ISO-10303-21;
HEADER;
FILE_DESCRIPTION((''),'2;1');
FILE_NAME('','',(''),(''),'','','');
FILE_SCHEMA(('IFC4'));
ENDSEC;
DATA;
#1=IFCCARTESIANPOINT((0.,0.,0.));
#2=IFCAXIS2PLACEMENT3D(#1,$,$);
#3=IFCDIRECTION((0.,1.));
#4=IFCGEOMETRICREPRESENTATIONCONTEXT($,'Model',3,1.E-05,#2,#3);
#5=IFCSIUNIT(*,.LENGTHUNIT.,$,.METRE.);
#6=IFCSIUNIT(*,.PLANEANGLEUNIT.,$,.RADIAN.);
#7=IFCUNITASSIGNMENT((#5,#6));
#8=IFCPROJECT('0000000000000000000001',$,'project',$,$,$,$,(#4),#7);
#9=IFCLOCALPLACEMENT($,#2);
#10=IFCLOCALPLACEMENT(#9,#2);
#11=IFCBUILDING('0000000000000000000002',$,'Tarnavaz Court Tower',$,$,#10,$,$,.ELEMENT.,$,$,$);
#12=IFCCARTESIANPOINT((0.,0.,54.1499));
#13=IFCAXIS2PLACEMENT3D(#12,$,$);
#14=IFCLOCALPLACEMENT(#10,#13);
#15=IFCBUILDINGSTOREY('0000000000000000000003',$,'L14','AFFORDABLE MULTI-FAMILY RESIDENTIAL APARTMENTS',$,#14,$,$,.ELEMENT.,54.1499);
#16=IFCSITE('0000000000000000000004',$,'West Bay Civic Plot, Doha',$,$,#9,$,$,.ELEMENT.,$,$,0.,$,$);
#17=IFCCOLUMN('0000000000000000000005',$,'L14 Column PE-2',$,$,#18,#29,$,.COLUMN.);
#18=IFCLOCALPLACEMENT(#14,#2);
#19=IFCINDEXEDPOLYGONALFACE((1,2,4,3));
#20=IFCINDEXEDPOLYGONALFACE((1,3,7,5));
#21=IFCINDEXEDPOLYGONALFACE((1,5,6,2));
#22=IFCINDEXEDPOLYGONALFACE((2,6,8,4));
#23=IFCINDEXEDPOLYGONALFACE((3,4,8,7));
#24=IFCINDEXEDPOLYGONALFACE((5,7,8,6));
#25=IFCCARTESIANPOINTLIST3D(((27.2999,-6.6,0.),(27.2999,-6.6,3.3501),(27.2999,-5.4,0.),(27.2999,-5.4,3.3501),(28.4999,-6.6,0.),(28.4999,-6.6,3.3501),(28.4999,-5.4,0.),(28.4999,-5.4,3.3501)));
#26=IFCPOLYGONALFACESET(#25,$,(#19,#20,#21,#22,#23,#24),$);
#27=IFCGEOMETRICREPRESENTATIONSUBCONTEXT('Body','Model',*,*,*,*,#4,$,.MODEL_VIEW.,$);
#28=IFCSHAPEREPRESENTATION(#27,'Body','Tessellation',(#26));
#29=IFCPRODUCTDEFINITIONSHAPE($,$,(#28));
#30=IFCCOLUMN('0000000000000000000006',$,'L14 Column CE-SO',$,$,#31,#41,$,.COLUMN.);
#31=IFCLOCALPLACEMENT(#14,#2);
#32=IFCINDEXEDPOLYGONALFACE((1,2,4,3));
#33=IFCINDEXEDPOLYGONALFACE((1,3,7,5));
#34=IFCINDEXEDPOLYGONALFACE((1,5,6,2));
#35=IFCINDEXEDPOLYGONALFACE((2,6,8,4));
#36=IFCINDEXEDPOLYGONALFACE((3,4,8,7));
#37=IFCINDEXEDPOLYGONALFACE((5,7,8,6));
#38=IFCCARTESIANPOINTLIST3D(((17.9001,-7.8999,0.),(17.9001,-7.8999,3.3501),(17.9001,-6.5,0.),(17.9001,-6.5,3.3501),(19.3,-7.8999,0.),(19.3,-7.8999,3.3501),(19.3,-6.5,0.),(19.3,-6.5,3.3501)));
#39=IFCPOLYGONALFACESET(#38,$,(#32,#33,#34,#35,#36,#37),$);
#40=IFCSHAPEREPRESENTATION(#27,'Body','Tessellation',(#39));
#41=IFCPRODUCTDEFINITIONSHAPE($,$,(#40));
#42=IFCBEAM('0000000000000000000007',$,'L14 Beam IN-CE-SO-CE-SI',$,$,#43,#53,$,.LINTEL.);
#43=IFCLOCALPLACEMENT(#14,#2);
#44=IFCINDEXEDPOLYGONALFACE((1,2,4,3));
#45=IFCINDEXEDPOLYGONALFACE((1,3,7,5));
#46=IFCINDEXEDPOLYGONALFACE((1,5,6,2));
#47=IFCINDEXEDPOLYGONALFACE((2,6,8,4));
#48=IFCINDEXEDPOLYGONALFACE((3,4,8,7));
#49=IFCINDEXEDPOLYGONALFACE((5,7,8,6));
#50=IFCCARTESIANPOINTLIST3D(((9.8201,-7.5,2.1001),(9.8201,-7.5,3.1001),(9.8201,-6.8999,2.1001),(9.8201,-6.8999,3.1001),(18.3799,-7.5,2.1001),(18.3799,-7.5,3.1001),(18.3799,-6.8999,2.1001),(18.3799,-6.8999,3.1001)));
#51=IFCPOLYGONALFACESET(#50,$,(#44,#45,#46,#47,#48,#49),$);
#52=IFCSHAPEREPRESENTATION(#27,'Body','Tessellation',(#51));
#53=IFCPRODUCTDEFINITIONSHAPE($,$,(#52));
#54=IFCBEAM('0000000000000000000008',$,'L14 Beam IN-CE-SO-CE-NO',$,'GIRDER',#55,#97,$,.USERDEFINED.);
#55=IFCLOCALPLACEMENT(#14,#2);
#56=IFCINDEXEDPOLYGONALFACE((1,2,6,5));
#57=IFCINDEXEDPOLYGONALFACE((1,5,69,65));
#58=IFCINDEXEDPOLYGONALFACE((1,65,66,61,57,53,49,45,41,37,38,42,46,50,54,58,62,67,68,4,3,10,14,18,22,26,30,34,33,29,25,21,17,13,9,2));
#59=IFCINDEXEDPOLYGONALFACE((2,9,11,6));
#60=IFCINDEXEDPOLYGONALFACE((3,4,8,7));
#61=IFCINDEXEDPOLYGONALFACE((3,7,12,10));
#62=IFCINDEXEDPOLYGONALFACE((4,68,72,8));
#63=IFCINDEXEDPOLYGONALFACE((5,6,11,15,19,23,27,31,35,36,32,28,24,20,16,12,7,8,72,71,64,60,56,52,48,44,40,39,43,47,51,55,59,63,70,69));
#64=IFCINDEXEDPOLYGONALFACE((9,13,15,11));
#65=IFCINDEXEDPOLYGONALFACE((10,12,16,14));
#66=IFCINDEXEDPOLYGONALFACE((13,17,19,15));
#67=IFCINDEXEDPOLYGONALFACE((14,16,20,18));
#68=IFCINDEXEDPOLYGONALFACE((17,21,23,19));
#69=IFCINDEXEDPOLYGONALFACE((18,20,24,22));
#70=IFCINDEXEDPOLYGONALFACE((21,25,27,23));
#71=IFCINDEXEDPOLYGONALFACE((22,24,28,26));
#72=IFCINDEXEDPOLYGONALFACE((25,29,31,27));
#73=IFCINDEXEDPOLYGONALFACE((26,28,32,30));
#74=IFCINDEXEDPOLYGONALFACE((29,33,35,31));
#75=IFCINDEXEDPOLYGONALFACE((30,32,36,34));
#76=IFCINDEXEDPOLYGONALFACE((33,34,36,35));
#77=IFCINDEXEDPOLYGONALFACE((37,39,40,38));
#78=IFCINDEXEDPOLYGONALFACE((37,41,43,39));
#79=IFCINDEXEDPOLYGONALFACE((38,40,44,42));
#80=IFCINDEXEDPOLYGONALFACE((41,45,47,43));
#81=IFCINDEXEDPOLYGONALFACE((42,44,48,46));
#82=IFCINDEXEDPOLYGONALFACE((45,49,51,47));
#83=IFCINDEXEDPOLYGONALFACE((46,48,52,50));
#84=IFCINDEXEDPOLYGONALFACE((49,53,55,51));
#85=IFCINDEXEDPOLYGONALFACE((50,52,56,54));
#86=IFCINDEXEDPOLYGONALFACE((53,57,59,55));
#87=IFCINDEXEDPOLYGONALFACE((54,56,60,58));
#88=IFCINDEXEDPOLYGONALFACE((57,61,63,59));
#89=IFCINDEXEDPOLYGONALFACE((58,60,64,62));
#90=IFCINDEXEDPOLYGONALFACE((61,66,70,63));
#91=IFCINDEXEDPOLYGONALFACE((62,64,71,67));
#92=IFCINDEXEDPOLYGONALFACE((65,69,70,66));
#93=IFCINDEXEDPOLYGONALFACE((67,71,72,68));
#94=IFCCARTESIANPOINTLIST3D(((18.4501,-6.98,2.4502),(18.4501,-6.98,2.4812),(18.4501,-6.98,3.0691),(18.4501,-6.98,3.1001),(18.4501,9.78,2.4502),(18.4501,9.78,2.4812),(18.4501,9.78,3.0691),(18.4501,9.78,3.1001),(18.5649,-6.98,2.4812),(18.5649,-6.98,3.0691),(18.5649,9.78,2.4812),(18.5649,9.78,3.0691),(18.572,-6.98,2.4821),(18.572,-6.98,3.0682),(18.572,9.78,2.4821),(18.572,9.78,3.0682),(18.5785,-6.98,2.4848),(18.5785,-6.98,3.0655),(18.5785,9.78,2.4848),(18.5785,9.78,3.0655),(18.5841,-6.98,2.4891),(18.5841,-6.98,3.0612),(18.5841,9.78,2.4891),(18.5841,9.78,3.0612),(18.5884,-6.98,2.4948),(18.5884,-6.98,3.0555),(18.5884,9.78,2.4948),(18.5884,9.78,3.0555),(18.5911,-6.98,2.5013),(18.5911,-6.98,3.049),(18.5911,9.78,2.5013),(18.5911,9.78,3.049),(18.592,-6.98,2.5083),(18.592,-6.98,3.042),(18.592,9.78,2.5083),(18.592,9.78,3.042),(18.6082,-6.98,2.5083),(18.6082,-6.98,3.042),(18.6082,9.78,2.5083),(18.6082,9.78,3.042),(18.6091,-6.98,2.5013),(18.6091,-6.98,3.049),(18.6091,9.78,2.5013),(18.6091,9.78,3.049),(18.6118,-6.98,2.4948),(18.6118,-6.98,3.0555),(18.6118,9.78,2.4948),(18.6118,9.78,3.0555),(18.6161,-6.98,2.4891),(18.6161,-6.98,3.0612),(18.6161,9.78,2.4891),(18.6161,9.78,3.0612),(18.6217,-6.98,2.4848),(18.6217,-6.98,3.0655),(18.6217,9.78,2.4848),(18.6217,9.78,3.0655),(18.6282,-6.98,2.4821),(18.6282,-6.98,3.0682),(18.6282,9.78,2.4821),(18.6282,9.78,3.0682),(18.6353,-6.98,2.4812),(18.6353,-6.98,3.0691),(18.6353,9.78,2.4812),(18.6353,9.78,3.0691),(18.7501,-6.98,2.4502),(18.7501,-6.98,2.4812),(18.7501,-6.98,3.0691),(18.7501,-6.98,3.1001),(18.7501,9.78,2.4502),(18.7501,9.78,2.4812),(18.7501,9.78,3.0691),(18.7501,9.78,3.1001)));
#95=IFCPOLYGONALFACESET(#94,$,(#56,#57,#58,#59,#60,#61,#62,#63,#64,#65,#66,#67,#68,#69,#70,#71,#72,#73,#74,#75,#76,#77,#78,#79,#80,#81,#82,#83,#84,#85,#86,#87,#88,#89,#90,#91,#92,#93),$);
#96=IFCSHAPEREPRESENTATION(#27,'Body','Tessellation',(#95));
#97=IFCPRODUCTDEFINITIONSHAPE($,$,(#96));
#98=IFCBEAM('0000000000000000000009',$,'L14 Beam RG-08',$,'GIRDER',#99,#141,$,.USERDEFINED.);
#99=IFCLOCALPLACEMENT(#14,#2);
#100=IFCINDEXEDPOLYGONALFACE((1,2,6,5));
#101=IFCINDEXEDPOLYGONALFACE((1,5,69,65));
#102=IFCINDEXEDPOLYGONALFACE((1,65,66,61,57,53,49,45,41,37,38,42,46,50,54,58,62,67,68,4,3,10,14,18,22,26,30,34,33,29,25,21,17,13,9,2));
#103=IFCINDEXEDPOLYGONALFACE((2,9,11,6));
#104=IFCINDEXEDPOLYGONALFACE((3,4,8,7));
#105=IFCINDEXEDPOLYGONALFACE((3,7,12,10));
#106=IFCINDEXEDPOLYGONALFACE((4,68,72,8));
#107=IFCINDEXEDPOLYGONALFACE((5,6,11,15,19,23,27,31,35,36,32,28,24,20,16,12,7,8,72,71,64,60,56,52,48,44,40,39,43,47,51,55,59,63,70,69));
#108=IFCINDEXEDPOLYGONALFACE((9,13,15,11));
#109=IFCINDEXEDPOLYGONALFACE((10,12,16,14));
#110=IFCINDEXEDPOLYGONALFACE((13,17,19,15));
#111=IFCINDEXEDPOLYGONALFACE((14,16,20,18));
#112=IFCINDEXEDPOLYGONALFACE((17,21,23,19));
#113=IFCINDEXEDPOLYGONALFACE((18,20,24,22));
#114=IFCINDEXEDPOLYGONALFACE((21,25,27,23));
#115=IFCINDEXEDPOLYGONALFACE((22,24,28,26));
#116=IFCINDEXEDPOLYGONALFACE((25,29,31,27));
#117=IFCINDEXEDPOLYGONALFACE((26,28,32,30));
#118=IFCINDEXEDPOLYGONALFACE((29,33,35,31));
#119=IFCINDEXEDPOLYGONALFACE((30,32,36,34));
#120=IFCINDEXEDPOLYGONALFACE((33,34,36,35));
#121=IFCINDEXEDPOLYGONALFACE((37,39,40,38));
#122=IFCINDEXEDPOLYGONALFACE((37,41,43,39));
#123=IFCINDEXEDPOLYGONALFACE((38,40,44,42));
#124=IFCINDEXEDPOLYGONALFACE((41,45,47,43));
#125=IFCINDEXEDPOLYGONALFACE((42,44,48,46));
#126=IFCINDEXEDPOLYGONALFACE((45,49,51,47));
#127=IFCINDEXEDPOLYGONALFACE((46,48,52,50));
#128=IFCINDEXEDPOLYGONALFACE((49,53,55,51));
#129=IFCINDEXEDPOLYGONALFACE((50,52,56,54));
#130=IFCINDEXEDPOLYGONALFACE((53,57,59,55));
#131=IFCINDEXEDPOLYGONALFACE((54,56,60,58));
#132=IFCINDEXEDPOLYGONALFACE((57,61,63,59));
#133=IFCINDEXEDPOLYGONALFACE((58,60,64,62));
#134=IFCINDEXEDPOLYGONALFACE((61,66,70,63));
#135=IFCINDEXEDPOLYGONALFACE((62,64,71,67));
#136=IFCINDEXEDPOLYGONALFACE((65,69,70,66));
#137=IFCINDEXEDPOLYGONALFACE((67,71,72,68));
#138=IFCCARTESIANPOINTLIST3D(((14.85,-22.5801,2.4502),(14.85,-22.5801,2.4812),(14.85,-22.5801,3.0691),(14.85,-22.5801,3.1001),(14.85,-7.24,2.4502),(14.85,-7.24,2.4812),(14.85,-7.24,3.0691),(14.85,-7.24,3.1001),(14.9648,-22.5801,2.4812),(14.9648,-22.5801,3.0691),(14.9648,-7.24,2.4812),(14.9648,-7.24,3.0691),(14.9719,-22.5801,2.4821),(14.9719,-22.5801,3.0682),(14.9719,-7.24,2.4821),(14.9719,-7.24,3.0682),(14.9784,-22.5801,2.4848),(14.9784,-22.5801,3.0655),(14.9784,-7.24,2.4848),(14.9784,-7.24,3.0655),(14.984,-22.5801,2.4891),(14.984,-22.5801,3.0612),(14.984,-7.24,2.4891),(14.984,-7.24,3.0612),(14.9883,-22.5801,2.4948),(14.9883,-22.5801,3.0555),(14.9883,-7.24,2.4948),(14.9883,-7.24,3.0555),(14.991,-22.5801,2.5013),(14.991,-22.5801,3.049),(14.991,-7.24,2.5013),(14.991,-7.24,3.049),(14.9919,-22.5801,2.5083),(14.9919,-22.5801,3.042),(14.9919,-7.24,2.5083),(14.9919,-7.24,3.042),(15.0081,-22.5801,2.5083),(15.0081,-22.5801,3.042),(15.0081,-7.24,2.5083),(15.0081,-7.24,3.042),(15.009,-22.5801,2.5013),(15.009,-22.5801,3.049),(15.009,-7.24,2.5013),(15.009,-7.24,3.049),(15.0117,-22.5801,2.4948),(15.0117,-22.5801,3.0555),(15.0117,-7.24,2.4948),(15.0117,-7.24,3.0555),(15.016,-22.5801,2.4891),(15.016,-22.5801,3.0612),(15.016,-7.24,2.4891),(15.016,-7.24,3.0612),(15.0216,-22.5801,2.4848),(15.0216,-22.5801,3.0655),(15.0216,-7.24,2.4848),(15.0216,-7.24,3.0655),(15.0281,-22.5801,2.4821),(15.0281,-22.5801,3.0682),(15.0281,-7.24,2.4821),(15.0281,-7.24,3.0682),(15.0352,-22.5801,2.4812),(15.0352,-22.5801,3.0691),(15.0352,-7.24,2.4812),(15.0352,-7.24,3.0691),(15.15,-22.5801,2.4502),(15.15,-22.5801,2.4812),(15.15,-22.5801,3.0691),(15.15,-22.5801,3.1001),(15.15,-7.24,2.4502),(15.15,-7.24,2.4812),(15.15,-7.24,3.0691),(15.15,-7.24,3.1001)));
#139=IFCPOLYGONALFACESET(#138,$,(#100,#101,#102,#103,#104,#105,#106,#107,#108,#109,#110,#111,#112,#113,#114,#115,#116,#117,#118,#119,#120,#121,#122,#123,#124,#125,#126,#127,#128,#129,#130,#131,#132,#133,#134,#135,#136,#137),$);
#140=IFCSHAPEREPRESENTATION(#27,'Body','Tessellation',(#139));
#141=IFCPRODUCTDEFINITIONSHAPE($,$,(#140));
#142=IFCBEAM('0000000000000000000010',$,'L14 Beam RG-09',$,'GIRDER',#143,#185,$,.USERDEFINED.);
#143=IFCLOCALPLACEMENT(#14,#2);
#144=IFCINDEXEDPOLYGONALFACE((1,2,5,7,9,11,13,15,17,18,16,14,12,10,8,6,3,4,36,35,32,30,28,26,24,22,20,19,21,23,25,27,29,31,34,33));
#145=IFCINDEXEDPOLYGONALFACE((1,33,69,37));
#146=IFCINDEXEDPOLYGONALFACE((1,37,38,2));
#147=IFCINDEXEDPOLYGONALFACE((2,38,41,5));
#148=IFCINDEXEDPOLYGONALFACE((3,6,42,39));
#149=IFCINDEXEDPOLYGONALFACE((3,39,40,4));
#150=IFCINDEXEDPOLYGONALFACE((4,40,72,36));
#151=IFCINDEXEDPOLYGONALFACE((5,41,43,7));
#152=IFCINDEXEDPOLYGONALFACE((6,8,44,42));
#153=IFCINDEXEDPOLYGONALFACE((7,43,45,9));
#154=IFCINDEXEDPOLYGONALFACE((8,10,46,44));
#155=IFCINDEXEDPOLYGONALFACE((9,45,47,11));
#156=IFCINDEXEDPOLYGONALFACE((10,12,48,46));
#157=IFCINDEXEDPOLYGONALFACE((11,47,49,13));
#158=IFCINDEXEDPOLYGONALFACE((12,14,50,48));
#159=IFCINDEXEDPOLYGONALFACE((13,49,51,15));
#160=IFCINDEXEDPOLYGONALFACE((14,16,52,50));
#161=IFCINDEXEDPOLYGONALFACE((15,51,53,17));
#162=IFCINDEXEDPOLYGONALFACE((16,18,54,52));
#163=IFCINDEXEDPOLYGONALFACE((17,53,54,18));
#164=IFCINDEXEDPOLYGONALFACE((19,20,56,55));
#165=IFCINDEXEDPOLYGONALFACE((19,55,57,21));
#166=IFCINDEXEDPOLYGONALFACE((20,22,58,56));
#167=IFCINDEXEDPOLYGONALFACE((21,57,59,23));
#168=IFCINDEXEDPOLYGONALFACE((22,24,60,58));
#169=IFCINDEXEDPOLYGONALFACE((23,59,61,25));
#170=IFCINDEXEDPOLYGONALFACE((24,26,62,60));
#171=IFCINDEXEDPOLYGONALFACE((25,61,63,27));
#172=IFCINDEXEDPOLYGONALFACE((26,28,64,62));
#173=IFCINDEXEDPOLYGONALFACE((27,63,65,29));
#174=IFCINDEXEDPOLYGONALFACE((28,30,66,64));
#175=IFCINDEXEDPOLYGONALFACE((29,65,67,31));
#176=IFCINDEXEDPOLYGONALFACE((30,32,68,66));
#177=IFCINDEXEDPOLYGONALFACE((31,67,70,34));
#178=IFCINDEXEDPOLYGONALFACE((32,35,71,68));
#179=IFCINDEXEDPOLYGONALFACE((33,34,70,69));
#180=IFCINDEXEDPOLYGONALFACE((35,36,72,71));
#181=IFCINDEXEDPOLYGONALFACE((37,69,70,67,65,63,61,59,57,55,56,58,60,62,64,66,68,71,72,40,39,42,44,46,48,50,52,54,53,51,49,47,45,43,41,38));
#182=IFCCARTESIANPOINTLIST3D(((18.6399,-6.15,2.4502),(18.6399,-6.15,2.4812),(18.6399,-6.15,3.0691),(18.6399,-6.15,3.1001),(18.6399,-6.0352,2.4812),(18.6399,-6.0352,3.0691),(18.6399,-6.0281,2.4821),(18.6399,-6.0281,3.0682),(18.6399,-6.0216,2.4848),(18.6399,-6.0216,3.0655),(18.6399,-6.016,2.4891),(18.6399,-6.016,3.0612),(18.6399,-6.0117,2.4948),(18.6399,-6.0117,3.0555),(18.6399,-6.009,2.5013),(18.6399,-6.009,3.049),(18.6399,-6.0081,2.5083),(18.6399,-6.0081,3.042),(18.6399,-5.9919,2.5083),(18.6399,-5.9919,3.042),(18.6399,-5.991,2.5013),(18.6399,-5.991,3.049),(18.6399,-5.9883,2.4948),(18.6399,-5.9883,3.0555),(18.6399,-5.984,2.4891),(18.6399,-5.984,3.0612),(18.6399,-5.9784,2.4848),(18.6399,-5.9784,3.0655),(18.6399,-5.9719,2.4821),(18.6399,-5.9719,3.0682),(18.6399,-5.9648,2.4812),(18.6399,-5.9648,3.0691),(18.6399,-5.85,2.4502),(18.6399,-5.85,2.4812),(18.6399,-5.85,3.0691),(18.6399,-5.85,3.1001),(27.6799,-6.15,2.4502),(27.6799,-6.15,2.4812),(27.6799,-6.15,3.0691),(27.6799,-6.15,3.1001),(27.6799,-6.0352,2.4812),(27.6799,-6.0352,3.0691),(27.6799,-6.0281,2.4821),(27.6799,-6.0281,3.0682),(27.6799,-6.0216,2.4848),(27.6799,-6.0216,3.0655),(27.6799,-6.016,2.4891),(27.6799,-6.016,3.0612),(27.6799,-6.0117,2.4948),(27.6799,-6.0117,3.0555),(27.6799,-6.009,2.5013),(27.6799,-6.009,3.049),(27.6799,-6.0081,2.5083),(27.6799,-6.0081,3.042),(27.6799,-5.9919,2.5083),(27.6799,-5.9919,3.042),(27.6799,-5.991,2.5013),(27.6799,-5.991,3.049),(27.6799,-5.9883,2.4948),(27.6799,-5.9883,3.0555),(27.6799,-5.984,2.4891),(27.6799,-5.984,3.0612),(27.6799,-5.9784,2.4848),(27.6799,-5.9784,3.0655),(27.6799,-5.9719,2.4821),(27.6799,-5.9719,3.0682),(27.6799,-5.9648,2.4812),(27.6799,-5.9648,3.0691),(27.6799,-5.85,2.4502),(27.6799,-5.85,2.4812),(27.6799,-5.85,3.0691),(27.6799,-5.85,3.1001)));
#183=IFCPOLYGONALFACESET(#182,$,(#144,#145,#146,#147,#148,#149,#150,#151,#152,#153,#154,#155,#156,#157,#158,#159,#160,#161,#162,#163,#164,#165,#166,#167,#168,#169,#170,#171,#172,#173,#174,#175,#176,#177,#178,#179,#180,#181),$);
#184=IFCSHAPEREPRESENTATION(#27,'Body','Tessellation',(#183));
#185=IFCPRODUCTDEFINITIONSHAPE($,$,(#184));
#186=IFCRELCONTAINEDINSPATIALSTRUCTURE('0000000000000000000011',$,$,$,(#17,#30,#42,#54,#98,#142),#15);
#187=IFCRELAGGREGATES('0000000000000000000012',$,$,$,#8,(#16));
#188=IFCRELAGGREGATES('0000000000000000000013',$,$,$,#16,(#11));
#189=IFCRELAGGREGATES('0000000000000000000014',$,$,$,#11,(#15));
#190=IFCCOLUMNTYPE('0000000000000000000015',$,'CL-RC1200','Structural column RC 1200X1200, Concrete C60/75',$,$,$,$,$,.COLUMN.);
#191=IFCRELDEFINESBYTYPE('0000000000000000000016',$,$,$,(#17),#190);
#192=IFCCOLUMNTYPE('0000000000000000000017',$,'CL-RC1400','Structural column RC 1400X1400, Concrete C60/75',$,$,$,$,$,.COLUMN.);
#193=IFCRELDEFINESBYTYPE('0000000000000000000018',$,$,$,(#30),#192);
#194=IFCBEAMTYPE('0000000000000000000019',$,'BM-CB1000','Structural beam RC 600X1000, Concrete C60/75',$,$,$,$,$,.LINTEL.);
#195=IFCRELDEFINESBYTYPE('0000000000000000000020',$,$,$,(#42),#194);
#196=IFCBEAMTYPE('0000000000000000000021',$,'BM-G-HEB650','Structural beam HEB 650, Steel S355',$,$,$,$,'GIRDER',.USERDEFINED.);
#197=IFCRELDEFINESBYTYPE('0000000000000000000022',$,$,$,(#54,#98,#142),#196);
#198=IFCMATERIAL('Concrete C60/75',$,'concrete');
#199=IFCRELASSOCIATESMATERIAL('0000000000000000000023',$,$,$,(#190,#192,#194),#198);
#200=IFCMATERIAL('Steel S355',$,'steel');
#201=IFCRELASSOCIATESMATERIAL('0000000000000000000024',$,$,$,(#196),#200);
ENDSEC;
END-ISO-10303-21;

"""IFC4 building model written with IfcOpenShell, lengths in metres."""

from ifc_helpers import new_model, si_unit, direction, frame, origin, origin_2d, place, context, subcontext, project, spatial, rectangle, i_section, extrude, material, material_profile, profile_set, type_object, element, save


model = new_model("IFC4")

# Units and contexts
model_context = context("Model", 3, precision=1e-05, world=origin(), true_north=direction((0.0, 1.0)))
body_context = subcontext(model_context, "Body", "Model", "MODEL_VIEW")
ifc_project = project(units=[si_unit("LENGTHUNIT", "METRE"), si_unit("PLANEANGLEUNIT", "RADIAN")], contexts=[model_context])

# Site, building, storey
site_placement = place(None, origin())
site = spatial("IfcSite", under=ifc_project, at=site_placement, Name="West Bay Civic Plot, Doha", CompositionType="ELEMENT", RefElevation=0.0)
building_placement = place(site_placement, origin())
building = spatial("IfcBuilding", under=site, at=building_placement, Name="Tarnavaz Court Tower", CompositionType="ELEMENT")
storey_placement = place(building_placement, frame((0.0, 0.0, 54.1499)))
storey = spatial("IfcBuildingStorey", under=building, at=storey_placement, Name="L14", Description="AFFORDABLE MULTI-FAMILY RESIDENTIAL APARTMENTS", CompositionType="ELEMENT", Elevation=54.1499)

# Columns
ifc_material_1 = material(Name="Concrete C60/75", Category="concrete")
ifc_material_profile_1 = material_profile(ifc_material_1, rectangle(XDim=1.2, YDim=1.2, at=origin_2d()), Name="RC 1200X1200")
ifc_profile_set_1 = profile_set([ifc_material_profile_1], Name="Concrete C60/75")
column_type_1 = type_object("IfcColumnType", Name="CL-RC1200", Description="Structural column RC 1200X1200, Concrete C60/75", PredefinedType="COLUMN", material=ifc_profile_set_1)
column_1_placement = place(storey_placement, frame((27.8999, -6.0, 0.0), z_axis=(0.0, 0.0, 1.0), x_axis=(1.0, 0.0, 0.0)))
element("IfcColumn", 1, at=column_1_placement, inside=storey, type_object=column_type_1, Name="L14 Column PE-2", PredefinedType="COLUMN", context=body_context, shape_type="SweptSolid", body=[
    extrude(rectangle(XDim=1.2, YDim=1.2, at=origin_2d()), origin(), (0.0, 0.0, 1.0), 3.3501),
])
ifc_material_profile_2 = material_profile(ifc_material_1, rectangle(XDim=1.3999, YDim=1.3999, at=origin_2d()), Name="RC 1400X1400")
ifc_profile_set_2 = profile_set([ifc_material_profile_2], Name="Concrete C60/75")
column_type_2 = type_object("IfcColumnType", Name="CL-RC1400", Description="Structural column RC 1400X1400, Concrete C60/75", PredefinedType="COLUMN", material=ifc_profile_set_2)
column_2_placement = place(storey_placement, frame((18.6001, -7.2, 0.0), z_axis=(0.0, 0.0, 1.0), x_axis=(1.0, 0.0, 0.0)))
element("IfcColumn", 2, at=column_2_placement, inside=storey, type_object=column_type_2, Name="L14 Column CE-SO", PredefinedType="COLUMN", context=body_context, shape_type="SweptSolid", body=[
    extrude(rectangle(XDim=1.3999, YDim=1.3999, at=origin_2d()), origin(), (0.0, 0.0, 1.0), 3.3501),
])

# Beams
ifc_material_profile_3 = material_profile(ifc_material_1, rectangle(XDim=0.6001, YDim=1.0, at=origin_2d()), Name="RC 600X1000")
ifc_profile_set_3 = profile_set([ifc_material_profile_3], Name="Concrete C60/75")
beam_type_1 = type_object("IfcBeamType", Name="BM-CB1000", Description="Structural beam RC 600X1000, Concrete C60/75", PredefinedType="LINTEL", material=ifc_profile_set_3)
beam_1_placement = place(storey_placement, frame((18.3799, -7.2, 2.6001), z_axis=(-1.0, 0.0, 0.0), x_axis=(0.0, -1.0, 0.0)))
element("IfcBeam", 3, at=beam_1_placement, inside=storey, type_object=beam_type_1, Name="L14 Beam IN-CE-SO-CE-SI", PredefinedType="LINTEL", context=body_context, shape_type="SweptSolid", body=[
    extrude(rectangle(XDim=0.6001, YDim=1.0, at=origin_2d()), origin(), (0.0, 0.0, 1.0), 8.5598),
])
ifc_material_2 = material(Name="Steel S355", Category="steel")
ifc_material_profile_4 = material_profile(ifc_material_2, i_section(OverallWidth=0.3, OverallDepth=0.6499, WebThickness=0.0161, FlangeThickness=0.031, FilletRadius=0.0271, at=origin_2d()), Name="HEB 650")
ifc_profile_set_4 = profile_set([ifc_material_profile_4], Name="Steel S355")
beam_type_2 = type_object("IfcBeamType", Name="BM-G-HEB650", Description="Structural beam HEB 650, Steel S355", ElementType="GIRDER", PredefinedType="USERDEFINED", material=ifc_profile_set_4)
beam_2_placement = place(storey_placement, frame((18.6001, -6.98, 2.7751), z_axis=(0.0, 1.0, 0.0), x_axis=(-1.0, 0.0, 0.0)))
element("IfcBeam", 4, at=beam_2_placement, inside=storey, type_object=beam_type_2, Name="L14 Beam IN-CE-SO-CE-NO", ObjectType="GIRDER", PredefinedType="USERDEFINED", context=body_context, shape_type="SweptSolid", body=[
    extrude(i_section(OverallWidth=0.3, OverallDepth=0.6499, WebThickness=0.0161, FlangeThickness=0.031, FilletRadius=0.0271, at=origin_2d()), origin(), (0.0, 0.0, 1.0), 16.76),
])
beam_3_placement = place(storey_placement, frame((15.0, -7.24, 2.7751), z_axis=(0.0, -1.0, 0.0), x_axis=(1.0, 0.0, 0.0)))
element("IfcBeam", 5, at=beam_3_placement, inside=storey, type_object=beam_type_2, Name="L14 Beam RG-08", ObjectType="GIRDER", PredefinedType="USERDEFINED", context=body_context, shape_type="SweptSolid", body=[
    extrude(i_section(OverallWidth=0.3, OverallDepth=0.6499, WebThickness=0.0161, FlangeThickness=0.031, FilletRadius=0.0271, at=origin_2d()), origin(), (0.0, 0.0, 1.0), 15.3401),
])
beam_4_placement = place(storey_placement, frame((18.6399, -6.0, 2.7751), z_axis=(1.0, 0.0, 0.0), x_axis=(0.0, 1.0, 0.0)))
element("IfcBeam", 6, at=beam_4_placement, inside=storey, type_object=beam_type_2, Name="L14 Beam RG-09", ObjectType="GIRDER", PredefinedType="USERDEFINED", context=body_context, shape_type="SweptSolid", body=[
    extrude(i_section(OverallWidth=0.3, OverallDepth=0.6499, WebThickness=0.0161, FlangeThickness=0.031, FilletRadius=0.0271, at=origin_2d()), origin(), (0.0, 0.0, 1.0), 9.04),
])

save(model, "model.ifc")
